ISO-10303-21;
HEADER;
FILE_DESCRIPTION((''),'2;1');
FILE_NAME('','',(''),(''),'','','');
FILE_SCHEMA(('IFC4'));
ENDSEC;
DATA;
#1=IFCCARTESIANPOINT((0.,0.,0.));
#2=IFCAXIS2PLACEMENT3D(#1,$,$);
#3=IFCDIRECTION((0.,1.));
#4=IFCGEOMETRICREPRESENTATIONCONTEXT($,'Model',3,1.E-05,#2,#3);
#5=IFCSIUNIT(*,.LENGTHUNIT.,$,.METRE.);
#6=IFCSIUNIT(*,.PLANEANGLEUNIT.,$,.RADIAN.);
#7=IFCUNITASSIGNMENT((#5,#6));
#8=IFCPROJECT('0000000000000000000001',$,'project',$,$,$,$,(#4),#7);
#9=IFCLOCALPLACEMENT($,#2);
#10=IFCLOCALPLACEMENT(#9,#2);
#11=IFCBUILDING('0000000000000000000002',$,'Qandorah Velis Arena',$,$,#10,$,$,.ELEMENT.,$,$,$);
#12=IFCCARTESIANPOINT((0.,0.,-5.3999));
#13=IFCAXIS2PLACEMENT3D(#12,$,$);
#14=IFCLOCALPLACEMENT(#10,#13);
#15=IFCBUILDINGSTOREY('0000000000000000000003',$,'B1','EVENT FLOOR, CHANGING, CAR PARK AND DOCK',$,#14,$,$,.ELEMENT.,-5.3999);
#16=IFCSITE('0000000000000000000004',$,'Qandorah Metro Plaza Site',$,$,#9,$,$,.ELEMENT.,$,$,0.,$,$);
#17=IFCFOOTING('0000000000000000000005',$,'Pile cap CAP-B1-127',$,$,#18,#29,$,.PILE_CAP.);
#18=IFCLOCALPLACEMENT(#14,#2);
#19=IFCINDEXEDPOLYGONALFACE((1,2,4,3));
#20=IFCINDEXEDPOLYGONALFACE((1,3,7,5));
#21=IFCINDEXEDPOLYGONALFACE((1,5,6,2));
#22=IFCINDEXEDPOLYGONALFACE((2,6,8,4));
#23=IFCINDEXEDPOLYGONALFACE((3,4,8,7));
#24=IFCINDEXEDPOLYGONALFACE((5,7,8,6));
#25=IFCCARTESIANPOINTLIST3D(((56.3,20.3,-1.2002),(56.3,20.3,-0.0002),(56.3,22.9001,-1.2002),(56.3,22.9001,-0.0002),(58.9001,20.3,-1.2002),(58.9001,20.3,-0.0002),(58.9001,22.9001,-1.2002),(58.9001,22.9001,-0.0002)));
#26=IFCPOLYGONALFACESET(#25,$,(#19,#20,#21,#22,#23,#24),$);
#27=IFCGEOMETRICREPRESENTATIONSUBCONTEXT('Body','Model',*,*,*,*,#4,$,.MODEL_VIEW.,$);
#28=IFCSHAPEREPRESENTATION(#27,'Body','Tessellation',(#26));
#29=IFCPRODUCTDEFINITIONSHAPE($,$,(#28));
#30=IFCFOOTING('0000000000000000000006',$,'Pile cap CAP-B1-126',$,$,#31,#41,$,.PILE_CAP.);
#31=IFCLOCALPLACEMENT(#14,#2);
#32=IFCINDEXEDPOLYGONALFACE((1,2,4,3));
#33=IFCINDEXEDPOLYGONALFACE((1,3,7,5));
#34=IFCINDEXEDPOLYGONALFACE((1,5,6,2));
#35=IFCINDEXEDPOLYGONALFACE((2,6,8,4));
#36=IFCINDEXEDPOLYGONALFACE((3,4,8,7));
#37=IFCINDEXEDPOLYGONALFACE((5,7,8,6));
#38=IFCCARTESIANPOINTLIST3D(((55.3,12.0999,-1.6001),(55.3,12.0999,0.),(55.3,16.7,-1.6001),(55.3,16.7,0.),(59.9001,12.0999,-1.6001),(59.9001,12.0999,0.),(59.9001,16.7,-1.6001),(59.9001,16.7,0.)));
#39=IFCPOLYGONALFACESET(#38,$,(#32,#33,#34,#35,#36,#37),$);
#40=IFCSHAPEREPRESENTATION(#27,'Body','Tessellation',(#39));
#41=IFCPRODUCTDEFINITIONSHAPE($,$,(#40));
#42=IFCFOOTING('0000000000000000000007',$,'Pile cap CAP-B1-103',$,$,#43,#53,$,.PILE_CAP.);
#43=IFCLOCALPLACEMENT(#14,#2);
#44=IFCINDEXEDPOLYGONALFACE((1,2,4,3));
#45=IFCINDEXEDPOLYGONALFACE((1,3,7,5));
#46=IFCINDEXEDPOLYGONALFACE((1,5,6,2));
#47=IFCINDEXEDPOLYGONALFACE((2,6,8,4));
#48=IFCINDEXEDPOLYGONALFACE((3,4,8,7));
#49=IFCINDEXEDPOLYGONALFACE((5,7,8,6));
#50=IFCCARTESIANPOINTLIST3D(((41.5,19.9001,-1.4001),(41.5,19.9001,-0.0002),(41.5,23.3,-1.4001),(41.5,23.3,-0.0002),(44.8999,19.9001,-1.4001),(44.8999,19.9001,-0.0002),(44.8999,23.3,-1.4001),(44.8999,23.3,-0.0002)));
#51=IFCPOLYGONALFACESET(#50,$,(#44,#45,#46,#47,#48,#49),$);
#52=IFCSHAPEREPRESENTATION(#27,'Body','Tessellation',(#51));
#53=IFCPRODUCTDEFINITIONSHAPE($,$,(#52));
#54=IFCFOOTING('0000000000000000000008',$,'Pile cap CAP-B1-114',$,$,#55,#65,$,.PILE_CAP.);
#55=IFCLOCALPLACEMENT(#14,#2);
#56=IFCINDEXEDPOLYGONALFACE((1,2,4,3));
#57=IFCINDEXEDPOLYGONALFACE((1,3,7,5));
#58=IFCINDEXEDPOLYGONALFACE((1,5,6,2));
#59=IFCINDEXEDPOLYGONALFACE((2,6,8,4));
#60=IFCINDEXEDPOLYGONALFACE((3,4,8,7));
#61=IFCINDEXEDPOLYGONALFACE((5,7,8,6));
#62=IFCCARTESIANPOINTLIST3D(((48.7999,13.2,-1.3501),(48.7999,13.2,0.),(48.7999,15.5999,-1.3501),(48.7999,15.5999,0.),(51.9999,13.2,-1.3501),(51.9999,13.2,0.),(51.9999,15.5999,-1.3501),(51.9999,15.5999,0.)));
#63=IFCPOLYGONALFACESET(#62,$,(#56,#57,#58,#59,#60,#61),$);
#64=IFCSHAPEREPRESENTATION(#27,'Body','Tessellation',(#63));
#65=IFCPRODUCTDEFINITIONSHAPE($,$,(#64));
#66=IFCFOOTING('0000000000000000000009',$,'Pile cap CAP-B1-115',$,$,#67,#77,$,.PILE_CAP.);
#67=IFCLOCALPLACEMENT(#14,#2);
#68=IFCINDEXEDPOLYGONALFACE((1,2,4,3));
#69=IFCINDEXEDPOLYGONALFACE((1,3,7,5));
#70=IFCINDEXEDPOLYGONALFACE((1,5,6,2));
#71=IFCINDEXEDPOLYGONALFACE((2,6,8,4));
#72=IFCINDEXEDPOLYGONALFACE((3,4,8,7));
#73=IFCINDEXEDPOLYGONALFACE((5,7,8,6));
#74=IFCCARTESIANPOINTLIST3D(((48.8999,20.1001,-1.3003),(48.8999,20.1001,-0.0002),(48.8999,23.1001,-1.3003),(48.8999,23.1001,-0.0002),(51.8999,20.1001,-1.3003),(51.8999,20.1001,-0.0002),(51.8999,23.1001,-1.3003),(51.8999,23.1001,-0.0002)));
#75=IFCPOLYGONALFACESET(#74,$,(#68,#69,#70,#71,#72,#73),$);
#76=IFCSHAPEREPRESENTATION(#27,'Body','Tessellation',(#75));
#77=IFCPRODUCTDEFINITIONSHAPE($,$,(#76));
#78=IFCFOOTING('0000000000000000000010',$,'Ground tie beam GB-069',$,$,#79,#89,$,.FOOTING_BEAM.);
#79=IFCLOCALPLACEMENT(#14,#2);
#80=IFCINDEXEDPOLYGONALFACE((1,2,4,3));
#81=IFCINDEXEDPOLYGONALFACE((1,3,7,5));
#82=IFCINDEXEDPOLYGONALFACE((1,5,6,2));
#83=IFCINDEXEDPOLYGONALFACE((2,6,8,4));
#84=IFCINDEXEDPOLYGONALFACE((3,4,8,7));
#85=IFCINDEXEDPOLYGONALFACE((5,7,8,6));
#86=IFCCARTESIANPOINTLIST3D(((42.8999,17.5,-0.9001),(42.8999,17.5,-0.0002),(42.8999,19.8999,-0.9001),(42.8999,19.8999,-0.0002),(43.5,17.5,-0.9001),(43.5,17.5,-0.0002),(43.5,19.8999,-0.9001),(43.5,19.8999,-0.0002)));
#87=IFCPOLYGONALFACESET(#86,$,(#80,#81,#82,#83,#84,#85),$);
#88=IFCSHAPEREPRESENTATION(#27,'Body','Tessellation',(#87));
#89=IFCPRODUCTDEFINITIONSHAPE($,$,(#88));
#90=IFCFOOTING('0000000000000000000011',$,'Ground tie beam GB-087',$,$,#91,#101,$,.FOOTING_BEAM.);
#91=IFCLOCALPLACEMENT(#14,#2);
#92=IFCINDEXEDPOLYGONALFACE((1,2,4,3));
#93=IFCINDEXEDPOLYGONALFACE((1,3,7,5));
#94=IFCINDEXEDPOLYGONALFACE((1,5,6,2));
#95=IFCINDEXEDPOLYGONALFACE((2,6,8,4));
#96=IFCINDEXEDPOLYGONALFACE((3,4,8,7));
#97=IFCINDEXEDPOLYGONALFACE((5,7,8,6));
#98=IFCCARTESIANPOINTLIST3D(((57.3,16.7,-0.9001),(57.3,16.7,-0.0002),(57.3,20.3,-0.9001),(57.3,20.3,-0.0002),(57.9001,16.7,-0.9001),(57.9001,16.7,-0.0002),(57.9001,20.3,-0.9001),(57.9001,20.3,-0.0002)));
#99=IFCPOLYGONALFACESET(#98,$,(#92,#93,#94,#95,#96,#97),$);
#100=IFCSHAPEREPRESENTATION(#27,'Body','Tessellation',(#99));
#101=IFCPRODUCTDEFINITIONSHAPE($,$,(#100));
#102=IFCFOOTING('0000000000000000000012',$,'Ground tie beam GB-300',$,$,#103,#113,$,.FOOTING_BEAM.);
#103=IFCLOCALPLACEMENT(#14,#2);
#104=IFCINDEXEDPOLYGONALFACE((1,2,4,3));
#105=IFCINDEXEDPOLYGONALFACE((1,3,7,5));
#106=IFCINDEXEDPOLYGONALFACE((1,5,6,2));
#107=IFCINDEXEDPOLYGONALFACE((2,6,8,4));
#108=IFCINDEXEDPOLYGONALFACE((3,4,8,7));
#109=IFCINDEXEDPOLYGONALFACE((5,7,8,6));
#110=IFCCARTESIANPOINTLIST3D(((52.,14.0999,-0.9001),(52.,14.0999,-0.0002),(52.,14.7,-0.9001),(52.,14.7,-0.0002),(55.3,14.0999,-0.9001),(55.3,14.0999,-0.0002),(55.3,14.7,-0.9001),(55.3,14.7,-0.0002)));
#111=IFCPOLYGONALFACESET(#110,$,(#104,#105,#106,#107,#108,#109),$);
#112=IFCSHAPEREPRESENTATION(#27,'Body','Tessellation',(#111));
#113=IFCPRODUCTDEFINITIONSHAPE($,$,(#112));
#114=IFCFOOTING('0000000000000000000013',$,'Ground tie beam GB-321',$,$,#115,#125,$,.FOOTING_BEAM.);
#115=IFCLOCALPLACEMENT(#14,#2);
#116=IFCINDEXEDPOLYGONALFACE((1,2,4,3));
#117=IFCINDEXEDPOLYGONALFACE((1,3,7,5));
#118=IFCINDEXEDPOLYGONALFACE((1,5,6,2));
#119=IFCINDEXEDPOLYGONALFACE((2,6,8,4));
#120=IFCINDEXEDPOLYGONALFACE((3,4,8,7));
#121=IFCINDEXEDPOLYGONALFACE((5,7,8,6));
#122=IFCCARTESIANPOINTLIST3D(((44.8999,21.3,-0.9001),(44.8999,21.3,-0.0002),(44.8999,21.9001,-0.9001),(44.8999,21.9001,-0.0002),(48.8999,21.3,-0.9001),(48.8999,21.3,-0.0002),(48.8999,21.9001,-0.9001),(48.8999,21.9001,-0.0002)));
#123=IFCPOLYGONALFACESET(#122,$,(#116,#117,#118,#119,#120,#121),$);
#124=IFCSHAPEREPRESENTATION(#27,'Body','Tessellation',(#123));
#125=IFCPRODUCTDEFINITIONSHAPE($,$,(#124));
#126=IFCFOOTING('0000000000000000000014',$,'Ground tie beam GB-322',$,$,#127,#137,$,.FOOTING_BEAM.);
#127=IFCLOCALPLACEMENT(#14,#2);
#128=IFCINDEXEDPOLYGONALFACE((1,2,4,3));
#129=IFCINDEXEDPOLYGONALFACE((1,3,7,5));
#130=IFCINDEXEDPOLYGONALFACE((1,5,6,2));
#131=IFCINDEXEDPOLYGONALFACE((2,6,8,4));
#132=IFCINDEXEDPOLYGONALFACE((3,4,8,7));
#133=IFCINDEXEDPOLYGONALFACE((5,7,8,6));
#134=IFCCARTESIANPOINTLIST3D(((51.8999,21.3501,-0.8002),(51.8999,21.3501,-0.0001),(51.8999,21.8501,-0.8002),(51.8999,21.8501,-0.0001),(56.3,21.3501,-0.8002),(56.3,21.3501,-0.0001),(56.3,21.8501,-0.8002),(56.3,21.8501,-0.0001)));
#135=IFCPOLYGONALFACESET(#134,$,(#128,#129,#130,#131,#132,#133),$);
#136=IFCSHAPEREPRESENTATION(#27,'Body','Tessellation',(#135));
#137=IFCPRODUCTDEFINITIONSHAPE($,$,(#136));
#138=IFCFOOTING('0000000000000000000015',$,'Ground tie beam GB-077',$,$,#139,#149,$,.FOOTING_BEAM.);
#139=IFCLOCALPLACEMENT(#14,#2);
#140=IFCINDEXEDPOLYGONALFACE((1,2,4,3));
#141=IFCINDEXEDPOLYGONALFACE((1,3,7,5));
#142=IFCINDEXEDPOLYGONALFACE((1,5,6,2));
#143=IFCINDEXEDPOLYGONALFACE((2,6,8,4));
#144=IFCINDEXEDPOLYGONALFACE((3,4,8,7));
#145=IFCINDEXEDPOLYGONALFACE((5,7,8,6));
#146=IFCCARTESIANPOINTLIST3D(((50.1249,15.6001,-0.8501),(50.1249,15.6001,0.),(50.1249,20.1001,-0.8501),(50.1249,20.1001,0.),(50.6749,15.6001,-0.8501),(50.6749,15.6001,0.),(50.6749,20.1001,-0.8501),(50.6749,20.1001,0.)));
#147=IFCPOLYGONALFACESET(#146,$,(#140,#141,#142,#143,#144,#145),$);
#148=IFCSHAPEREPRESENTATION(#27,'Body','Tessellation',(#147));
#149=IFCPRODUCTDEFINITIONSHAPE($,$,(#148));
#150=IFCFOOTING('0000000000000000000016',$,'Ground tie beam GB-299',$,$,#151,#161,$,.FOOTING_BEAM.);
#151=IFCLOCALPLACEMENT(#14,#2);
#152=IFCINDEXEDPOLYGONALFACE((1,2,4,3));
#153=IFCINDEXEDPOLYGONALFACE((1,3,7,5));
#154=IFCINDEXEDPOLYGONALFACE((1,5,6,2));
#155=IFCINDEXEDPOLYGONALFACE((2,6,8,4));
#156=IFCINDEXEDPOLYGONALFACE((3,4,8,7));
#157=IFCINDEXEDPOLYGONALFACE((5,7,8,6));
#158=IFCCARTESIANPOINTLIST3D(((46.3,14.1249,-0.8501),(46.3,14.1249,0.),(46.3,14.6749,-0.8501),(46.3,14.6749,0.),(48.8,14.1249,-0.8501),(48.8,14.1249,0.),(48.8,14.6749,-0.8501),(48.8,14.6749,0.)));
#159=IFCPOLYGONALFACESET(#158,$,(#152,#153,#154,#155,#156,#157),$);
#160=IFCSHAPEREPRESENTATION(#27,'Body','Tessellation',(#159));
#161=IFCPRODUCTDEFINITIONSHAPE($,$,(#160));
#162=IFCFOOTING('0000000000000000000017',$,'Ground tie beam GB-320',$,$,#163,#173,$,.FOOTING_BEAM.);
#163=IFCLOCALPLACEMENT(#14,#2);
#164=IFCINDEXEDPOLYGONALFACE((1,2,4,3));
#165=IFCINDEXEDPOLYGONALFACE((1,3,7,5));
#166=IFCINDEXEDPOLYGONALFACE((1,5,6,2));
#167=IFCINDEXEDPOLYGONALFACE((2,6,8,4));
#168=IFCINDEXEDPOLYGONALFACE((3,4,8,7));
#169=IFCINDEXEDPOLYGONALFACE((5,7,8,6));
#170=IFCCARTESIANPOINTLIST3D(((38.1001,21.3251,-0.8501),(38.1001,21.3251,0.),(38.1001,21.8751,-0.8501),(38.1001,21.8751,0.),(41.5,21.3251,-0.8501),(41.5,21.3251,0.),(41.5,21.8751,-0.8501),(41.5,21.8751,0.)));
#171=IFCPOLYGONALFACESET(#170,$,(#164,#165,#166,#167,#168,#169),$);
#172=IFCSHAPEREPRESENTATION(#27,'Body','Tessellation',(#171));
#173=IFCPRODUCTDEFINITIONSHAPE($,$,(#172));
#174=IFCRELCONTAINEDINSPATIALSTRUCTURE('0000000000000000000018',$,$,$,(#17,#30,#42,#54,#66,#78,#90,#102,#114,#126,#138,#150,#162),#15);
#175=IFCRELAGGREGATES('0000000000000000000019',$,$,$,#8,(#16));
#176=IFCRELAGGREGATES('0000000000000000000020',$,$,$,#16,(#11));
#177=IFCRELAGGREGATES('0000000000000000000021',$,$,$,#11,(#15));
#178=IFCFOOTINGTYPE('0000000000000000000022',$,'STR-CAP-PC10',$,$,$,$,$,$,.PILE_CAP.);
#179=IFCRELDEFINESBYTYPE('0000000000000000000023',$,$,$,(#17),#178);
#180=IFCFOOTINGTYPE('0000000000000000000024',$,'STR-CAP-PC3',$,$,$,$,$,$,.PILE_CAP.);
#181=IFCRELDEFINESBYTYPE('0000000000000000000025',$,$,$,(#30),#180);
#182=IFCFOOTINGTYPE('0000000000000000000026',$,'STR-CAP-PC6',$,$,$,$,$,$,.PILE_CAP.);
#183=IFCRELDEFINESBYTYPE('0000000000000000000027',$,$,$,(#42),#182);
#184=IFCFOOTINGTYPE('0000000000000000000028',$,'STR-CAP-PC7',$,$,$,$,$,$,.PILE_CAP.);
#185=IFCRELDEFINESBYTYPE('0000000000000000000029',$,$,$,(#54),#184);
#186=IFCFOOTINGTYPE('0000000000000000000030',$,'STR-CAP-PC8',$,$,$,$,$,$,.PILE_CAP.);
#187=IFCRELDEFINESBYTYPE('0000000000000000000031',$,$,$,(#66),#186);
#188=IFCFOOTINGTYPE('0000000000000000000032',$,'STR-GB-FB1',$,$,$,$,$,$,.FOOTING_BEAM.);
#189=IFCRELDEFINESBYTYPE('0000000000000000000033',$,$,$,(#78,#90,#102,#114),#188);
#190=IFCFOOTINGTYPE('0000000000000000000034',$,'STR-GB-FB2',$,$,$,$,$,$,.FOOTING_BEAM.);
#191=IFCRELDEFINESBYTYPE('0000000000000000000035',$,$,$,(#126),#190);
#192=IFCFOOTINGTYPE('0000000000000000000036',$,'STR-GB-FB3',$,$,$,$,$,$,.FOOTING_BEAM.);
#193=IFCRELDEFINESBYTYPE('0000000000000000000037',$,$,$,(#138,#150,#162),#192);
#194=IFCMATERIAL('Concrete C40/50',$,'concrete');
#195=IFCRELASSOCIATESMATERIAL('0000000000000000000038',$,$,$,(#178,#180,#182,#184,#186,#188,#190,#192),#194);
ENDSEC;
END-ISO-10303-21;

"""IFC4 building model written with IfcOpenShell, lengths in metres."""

from ifc_helpers import new_model, si_unit, direction, frame, origin, origin_2d, place, context, subcontext, project, spatial, rectangle, extrude, material, material_profile, profile_set, type_object, element, save


model = new_model("IFC4")

# Units and contexts
model_context = context("Model", 3, precision=1e-05, world=origin(), true_north=direction((0.0, 1.0)))
body_context = subcontext(model_context, "Body", "Model", "MODEL_VIEW")
ifc_project = project(units=[si_unit("LENGTHUNIT", "METRE"), si_unit("PLANEANGLEUNIT", "RADIAN")], contexts=[model_context])

# Site, building, storey
site_placement = place(None, origin())
site = spatial("IfcSite", under=ifc_project, at=site_placement, Name="Qandorah Metro Plaza Site", CompositionType="ELEMENT", RefElevation=0.0)
building_placement = place(site_placement, origin())
building = spatial("IfcBuilding", under=site, at=building_placement, Name="Qandorah Velis Arena", CompositionType="ELEMENT")
storey_placement = place(building_placement, frame((0.0, 0.0, -5.3999)))
storey = spatial("IfcBuildingStorey", under=building, at=storey_placement, Name="B1", Description="EVENT FLOOR, CHANGING, CAR PARK AND DOCK", CompositionType="ELEMENT", Elevation=-5.3999)

# Footings
ifc_material_1 = material(Name="Concrete C40/50", Category="concrete")
footing_type_1 = type_object("IfcFootingType", Name="STR-CAP-PC10", PredefinedType="PILE_CAP", material=ifc_material_1)
footing_1_placement = place(storey_placement, frame((57.6001, 21.6001, -1.2002), z_axis=(0.0, 0.0, 1.0), x_axis=(1.0, 0.0, 0.0)))
element("IfcFooting", 1, at=footing_1_placement, inside=storey, type_object=footing_type_1, Name="Pile cap CAP-B1-127", PredefinedType="PILE_CAP", context=body_context, shape_type="SweptSolid", body=[
    extrude(rectangle(XDim=2.6001, YDim=2.6001, at=origin_2d()), origin(), (0.0, 0.0, 1.0), 1.2),
])
footing_type_2 = type_object("IfcFootingType", Name="STR-CAP-PC3", PredefinedType="PILE_CAP", material=ifc_material_1)
footing_2_placement = place(storey_placement, frame((57.6001, 14.3999, -1.6001), z_axis=(0.0, 0.0, 1.0), x_axis=(1.0, 0.0, 0.0)))
element("IfcFooting", 2, at=footing_2_placement, inside=storey, type_object=footing_type_2, Name="Pile cap CAP-B1-126", PredefinedType="PILE_CAP", context=body_context, shape_type="SweptSolid", body=[
    extrude(rectangle(XDim=4.6001, YDim=4.6001, at=origin_2d()), origin(), (0.0, 0.0, 1.0), 1.6001),
])
footing_type_3 = type_object("IfcFootingType", Name="STR-CAP-PC6", PredefinedType="PILE_CAP", material=ifc_material_1)
footing_3_placement = place(storey_placement, frame((43.2, 21.6001, -1.4001), z_axis=(0.0, 0.0, 1.0), x_axis=(1.0, 0.0, 0.0)))
element("IfcFooting", 3, at=footing_3_placement, inside=storey, type_object=footing_type_3, Name="Pile cap CAP-B1-103", PredefinedType="PILE_CAP", context=body_context, shape_type="SweptSolid", body=[
    extrude(rectangle(XDim=3.3999, YDim=3.3999, at=origin_2d()), origin(), (0.0, 0.0, 1.0), 1.3999),
])
footing_type_4 = type_object("IfcFootingType", Name="STR-CAP-PC7", PredefinedType="PILE_CAP", material=ifc_material_1)
footing_4_placement = place(storey_placement, frame((50.3999, 14.3999, -1.3501), z_axis=(0.0, 0.0, 1.0), x_axis=(1.0, 0.0, 0.0)))
element("IfcFooting", 4, at=footing_4_placement, inside=storey, type_object=footing_type_4, Name="Pile cap CAP-B1-114", PredefinedType="PILE_CAP", context=body_context, shape_type="SweptSolid", body=[
    extrude(rectangle(XDim=3.2, YDim=2.3999, at=origin_2d()), origin(), (0.0, 0.0, 1.0), 1.3501),
])
footing_type_5 = type_object("IfcFootingType", Name="STR-CAP-PC8", PredefinedType="PILE_CAP", material=ifc_material_1)
footing_5_placement = place(storey_placement, frame((50.3999, 21.6001, -1.3003), z_axis=(0.0, 0.0, 1.0), x_axis=(1.0, 0.0, 0.0)))
element("IfcFooting", 5, at=footing_5_placement, inside=storey, type_object=footing_type_5, Name="Pile cap CAP-B1-115", PredefinedType="PILE_CAP", context=body_context, shape_type="SweptSolid", body=[
    extrude(rectangle(XDim=3.0, YDim=3.0, at=origin_2d()), origin(), (0.0, 0.0, 1.0), 1.3),
])
ifc_material_profile_1 = material_profile(ifc_material_1, rectangle(XDim=0.6001, YDim=0.8999, at=origin_2d()), Name="GB1 600x900")
ifc_profile_set_1 = profile_set([ifc_material_profile_1], Name="Concrete C40/50")
footing_type_6 = type_object("IfcFootingType", Name="STR-GB-FB1", PredefinedType="FOOTING_BEAM", material=ifc_profile_set_1)
footing_6_placement = place(storey_placement, frame((43.2, 17.5, -0.4502), z_axis=(0.0, 1.0, 0.0), x_axis=(-1.0, 0.0, 0.0)))
element("IfcFooting", 6, at=footing_6_placement, inside=storey, type_object=footing_type_6, Name="Ground tie beam GB-069", PredefinedType="FOOTING_BEAM", context=body_context, shape_type="SweptSolid", body=[
    extrude(rectangle(XDim=0.6001, YDim=0.8999, at=origin_2d()), origin(), (0.0, 0.0, 1.0), 2.3999),
])
footing_7_placement = place(storey_placement, frame((57.6001, 16.7, -0.4502), z_axis=(0.0, 1.0, 0.0), x_axis=(-1.0, 0.0, 0.0)))
element("IfcFooting", 7, at=footing_7_placement, inside=storey, type_object=footing_type_6, Name="Ground tie beam GB-087", PredefinedType="FOOTING_BEAM", context=body_context, shape_type="SweptSolid", body=[
    extrude(rectangle(XDim=0.6001, YDim=0.8999, at=origin_2d()), origin(), (0.0, 0.0, 1.0), 3.6001),
])
footing_8_placement = place(storey_placement, frame((52.0, 14.3999, -0.4502), z_axis=(1.0, 0.0, 0.0), x_axis=(0.0, 1.0, 0.0)))
element("IfcFooting", 8, at=footing_8_placement, inside=storey, type_object=footing_type_6, Name="Ground tie beam GB-300", PredefinedType="FOOTING_BEAM", context=body_context, shape_type="SweptSolid", body=[
    extrude(rectangle(XDim=0.6001, YDim=0.8999, at=origin_2d()), origin(), (0.0, 0.0, 1.0), 3.3),
])
footing_9_placement = place(storey_placement, frame((44.8999, 21.6001, -0.4502), z_axis=(1.0, 0.0, 0.0), x_axis=(0.0, 1.0, 0.0)))
element("IfcFooting", 9, at=footing_9_placement, inside=storey, type_object=footing_type_6, Name="Ground tie beam GB-321", PredefinedType="FOOTING_BEAM", context=body_context, shape_type="SweptSolid", body=[
    extrude(rectangle(XDim=0.6001, YDim=0.8999, at=origin_2d()), origin(), (0.0, 0.0, 1.0), 4.0),
])
ifc_material_profile_2 = material_profile(ifc_material_1, rectangle(XDim=0.5, YDim=0.8, at=origin_2d()), Name="GB2 500x800")
ifc_profile_set_2 = profile_set([ifc_material_profile_2], Name="Concrete C40/50")
footing_type_7 = type_object("IfcFootingType", Name="STR-GB-FB2", PredefinedType="FOOTING_BEAM", material=ifc_profile_set_2)
footing_10_placement = place(storey_placement, frame((51.8999, 21.6001, -0.4001), z_axis=(1.0, 0.0, 0.0), x_axis=(0.0, 1.0, 0.0)))
element("IfcFooting", 10, at=footing_10_placement, inside=storey, type_object=footing_type_7, Name="Ground tie beam GB-322", PredefinedType="FOOTING_BEAM", context=body_context, shape_type="SweptSolid", body=[
    extrude(rectangle(XDim=0.5, YDim=0.8, at=origin_2d()), origin(), (0.0, 0.0, 1.0), 4.4001),
])
ifc_material_profile_3 = material_profile(ifc_material_1, rectangle(XDim=0.55, YDim=0.8501, at=origin_2d()), Name="GB3 550x850")
ifc_profile_set_3 = profile_set([ifc_material_profile_3], Name="Concrete C40/50")
footing_type_8 = type_object("IfcFootingType", Name="STR-GB-FB3", PredefinedType="FOOTING_BEAM", material=ifc_profile_set_3)
footing_11_placement = place(storey_placement, frame((50.3999, 15.6001, -0.425), z_axis=(0.0, 1.0, 0.0), x_axis=(-1.0, 0.0, 0.0)))
element("IfcFooting", 11, at=footing_11_placement, inside=storey, type_object=footing_type_8, Name="Ground tie beam GB-077", PredefinedType="FOOTING_BEAM", context=body_context, shape_type="SweptSolid", body=[
    extrude(rectangle(XDim=0.55, YDim=0.8501, at=origin_2d()), origin(), (0.0, 0.0, 1.0), 4.5),
])
footing_12_placement = place(storey_placement, frame((46.3, 14.3999, -0.425), z_axis=(1.0, 0.0, 0.0), x_axis=(0.0, 1.0, 0.0)))
element("IfcFooting", 12, at=footing_12_placement, inside=storey, type_object=footing_type_8, Name="Ground tie beam GB-299", PredefinedType="FOOTING_BEAM", context=body_context, shape_type="SweptSolid", body=[
    extrude(rectangle(XDim=0.55, YDim=0.8501, at=origin_2d()), origin(), (0.0, 0.0, 1.0), 2.5),
])
footing_13_placement = place(storey_placement, frame((38.1001, 21.6001, -0.425), z_axis=(1.0, 0.0, 0.0), x_axis=(0.0, 1.0, 0.0)))
element("IfcFooting", 13, at=footing_13_placement, inside=storey, type_object=footing_type_8, Name="Ground tie beam GB-320", PredefinedType="FOOTING_BEAM", context=body_context, shape_type="SweptSolid", body=[
    extrude(rectangle(XDim=0.55, YDim=0.8501, at=origin_2d()), origin(), (0.0, 0.0, 1.0), 3.3999),
])

save(model, "model.ifc")
